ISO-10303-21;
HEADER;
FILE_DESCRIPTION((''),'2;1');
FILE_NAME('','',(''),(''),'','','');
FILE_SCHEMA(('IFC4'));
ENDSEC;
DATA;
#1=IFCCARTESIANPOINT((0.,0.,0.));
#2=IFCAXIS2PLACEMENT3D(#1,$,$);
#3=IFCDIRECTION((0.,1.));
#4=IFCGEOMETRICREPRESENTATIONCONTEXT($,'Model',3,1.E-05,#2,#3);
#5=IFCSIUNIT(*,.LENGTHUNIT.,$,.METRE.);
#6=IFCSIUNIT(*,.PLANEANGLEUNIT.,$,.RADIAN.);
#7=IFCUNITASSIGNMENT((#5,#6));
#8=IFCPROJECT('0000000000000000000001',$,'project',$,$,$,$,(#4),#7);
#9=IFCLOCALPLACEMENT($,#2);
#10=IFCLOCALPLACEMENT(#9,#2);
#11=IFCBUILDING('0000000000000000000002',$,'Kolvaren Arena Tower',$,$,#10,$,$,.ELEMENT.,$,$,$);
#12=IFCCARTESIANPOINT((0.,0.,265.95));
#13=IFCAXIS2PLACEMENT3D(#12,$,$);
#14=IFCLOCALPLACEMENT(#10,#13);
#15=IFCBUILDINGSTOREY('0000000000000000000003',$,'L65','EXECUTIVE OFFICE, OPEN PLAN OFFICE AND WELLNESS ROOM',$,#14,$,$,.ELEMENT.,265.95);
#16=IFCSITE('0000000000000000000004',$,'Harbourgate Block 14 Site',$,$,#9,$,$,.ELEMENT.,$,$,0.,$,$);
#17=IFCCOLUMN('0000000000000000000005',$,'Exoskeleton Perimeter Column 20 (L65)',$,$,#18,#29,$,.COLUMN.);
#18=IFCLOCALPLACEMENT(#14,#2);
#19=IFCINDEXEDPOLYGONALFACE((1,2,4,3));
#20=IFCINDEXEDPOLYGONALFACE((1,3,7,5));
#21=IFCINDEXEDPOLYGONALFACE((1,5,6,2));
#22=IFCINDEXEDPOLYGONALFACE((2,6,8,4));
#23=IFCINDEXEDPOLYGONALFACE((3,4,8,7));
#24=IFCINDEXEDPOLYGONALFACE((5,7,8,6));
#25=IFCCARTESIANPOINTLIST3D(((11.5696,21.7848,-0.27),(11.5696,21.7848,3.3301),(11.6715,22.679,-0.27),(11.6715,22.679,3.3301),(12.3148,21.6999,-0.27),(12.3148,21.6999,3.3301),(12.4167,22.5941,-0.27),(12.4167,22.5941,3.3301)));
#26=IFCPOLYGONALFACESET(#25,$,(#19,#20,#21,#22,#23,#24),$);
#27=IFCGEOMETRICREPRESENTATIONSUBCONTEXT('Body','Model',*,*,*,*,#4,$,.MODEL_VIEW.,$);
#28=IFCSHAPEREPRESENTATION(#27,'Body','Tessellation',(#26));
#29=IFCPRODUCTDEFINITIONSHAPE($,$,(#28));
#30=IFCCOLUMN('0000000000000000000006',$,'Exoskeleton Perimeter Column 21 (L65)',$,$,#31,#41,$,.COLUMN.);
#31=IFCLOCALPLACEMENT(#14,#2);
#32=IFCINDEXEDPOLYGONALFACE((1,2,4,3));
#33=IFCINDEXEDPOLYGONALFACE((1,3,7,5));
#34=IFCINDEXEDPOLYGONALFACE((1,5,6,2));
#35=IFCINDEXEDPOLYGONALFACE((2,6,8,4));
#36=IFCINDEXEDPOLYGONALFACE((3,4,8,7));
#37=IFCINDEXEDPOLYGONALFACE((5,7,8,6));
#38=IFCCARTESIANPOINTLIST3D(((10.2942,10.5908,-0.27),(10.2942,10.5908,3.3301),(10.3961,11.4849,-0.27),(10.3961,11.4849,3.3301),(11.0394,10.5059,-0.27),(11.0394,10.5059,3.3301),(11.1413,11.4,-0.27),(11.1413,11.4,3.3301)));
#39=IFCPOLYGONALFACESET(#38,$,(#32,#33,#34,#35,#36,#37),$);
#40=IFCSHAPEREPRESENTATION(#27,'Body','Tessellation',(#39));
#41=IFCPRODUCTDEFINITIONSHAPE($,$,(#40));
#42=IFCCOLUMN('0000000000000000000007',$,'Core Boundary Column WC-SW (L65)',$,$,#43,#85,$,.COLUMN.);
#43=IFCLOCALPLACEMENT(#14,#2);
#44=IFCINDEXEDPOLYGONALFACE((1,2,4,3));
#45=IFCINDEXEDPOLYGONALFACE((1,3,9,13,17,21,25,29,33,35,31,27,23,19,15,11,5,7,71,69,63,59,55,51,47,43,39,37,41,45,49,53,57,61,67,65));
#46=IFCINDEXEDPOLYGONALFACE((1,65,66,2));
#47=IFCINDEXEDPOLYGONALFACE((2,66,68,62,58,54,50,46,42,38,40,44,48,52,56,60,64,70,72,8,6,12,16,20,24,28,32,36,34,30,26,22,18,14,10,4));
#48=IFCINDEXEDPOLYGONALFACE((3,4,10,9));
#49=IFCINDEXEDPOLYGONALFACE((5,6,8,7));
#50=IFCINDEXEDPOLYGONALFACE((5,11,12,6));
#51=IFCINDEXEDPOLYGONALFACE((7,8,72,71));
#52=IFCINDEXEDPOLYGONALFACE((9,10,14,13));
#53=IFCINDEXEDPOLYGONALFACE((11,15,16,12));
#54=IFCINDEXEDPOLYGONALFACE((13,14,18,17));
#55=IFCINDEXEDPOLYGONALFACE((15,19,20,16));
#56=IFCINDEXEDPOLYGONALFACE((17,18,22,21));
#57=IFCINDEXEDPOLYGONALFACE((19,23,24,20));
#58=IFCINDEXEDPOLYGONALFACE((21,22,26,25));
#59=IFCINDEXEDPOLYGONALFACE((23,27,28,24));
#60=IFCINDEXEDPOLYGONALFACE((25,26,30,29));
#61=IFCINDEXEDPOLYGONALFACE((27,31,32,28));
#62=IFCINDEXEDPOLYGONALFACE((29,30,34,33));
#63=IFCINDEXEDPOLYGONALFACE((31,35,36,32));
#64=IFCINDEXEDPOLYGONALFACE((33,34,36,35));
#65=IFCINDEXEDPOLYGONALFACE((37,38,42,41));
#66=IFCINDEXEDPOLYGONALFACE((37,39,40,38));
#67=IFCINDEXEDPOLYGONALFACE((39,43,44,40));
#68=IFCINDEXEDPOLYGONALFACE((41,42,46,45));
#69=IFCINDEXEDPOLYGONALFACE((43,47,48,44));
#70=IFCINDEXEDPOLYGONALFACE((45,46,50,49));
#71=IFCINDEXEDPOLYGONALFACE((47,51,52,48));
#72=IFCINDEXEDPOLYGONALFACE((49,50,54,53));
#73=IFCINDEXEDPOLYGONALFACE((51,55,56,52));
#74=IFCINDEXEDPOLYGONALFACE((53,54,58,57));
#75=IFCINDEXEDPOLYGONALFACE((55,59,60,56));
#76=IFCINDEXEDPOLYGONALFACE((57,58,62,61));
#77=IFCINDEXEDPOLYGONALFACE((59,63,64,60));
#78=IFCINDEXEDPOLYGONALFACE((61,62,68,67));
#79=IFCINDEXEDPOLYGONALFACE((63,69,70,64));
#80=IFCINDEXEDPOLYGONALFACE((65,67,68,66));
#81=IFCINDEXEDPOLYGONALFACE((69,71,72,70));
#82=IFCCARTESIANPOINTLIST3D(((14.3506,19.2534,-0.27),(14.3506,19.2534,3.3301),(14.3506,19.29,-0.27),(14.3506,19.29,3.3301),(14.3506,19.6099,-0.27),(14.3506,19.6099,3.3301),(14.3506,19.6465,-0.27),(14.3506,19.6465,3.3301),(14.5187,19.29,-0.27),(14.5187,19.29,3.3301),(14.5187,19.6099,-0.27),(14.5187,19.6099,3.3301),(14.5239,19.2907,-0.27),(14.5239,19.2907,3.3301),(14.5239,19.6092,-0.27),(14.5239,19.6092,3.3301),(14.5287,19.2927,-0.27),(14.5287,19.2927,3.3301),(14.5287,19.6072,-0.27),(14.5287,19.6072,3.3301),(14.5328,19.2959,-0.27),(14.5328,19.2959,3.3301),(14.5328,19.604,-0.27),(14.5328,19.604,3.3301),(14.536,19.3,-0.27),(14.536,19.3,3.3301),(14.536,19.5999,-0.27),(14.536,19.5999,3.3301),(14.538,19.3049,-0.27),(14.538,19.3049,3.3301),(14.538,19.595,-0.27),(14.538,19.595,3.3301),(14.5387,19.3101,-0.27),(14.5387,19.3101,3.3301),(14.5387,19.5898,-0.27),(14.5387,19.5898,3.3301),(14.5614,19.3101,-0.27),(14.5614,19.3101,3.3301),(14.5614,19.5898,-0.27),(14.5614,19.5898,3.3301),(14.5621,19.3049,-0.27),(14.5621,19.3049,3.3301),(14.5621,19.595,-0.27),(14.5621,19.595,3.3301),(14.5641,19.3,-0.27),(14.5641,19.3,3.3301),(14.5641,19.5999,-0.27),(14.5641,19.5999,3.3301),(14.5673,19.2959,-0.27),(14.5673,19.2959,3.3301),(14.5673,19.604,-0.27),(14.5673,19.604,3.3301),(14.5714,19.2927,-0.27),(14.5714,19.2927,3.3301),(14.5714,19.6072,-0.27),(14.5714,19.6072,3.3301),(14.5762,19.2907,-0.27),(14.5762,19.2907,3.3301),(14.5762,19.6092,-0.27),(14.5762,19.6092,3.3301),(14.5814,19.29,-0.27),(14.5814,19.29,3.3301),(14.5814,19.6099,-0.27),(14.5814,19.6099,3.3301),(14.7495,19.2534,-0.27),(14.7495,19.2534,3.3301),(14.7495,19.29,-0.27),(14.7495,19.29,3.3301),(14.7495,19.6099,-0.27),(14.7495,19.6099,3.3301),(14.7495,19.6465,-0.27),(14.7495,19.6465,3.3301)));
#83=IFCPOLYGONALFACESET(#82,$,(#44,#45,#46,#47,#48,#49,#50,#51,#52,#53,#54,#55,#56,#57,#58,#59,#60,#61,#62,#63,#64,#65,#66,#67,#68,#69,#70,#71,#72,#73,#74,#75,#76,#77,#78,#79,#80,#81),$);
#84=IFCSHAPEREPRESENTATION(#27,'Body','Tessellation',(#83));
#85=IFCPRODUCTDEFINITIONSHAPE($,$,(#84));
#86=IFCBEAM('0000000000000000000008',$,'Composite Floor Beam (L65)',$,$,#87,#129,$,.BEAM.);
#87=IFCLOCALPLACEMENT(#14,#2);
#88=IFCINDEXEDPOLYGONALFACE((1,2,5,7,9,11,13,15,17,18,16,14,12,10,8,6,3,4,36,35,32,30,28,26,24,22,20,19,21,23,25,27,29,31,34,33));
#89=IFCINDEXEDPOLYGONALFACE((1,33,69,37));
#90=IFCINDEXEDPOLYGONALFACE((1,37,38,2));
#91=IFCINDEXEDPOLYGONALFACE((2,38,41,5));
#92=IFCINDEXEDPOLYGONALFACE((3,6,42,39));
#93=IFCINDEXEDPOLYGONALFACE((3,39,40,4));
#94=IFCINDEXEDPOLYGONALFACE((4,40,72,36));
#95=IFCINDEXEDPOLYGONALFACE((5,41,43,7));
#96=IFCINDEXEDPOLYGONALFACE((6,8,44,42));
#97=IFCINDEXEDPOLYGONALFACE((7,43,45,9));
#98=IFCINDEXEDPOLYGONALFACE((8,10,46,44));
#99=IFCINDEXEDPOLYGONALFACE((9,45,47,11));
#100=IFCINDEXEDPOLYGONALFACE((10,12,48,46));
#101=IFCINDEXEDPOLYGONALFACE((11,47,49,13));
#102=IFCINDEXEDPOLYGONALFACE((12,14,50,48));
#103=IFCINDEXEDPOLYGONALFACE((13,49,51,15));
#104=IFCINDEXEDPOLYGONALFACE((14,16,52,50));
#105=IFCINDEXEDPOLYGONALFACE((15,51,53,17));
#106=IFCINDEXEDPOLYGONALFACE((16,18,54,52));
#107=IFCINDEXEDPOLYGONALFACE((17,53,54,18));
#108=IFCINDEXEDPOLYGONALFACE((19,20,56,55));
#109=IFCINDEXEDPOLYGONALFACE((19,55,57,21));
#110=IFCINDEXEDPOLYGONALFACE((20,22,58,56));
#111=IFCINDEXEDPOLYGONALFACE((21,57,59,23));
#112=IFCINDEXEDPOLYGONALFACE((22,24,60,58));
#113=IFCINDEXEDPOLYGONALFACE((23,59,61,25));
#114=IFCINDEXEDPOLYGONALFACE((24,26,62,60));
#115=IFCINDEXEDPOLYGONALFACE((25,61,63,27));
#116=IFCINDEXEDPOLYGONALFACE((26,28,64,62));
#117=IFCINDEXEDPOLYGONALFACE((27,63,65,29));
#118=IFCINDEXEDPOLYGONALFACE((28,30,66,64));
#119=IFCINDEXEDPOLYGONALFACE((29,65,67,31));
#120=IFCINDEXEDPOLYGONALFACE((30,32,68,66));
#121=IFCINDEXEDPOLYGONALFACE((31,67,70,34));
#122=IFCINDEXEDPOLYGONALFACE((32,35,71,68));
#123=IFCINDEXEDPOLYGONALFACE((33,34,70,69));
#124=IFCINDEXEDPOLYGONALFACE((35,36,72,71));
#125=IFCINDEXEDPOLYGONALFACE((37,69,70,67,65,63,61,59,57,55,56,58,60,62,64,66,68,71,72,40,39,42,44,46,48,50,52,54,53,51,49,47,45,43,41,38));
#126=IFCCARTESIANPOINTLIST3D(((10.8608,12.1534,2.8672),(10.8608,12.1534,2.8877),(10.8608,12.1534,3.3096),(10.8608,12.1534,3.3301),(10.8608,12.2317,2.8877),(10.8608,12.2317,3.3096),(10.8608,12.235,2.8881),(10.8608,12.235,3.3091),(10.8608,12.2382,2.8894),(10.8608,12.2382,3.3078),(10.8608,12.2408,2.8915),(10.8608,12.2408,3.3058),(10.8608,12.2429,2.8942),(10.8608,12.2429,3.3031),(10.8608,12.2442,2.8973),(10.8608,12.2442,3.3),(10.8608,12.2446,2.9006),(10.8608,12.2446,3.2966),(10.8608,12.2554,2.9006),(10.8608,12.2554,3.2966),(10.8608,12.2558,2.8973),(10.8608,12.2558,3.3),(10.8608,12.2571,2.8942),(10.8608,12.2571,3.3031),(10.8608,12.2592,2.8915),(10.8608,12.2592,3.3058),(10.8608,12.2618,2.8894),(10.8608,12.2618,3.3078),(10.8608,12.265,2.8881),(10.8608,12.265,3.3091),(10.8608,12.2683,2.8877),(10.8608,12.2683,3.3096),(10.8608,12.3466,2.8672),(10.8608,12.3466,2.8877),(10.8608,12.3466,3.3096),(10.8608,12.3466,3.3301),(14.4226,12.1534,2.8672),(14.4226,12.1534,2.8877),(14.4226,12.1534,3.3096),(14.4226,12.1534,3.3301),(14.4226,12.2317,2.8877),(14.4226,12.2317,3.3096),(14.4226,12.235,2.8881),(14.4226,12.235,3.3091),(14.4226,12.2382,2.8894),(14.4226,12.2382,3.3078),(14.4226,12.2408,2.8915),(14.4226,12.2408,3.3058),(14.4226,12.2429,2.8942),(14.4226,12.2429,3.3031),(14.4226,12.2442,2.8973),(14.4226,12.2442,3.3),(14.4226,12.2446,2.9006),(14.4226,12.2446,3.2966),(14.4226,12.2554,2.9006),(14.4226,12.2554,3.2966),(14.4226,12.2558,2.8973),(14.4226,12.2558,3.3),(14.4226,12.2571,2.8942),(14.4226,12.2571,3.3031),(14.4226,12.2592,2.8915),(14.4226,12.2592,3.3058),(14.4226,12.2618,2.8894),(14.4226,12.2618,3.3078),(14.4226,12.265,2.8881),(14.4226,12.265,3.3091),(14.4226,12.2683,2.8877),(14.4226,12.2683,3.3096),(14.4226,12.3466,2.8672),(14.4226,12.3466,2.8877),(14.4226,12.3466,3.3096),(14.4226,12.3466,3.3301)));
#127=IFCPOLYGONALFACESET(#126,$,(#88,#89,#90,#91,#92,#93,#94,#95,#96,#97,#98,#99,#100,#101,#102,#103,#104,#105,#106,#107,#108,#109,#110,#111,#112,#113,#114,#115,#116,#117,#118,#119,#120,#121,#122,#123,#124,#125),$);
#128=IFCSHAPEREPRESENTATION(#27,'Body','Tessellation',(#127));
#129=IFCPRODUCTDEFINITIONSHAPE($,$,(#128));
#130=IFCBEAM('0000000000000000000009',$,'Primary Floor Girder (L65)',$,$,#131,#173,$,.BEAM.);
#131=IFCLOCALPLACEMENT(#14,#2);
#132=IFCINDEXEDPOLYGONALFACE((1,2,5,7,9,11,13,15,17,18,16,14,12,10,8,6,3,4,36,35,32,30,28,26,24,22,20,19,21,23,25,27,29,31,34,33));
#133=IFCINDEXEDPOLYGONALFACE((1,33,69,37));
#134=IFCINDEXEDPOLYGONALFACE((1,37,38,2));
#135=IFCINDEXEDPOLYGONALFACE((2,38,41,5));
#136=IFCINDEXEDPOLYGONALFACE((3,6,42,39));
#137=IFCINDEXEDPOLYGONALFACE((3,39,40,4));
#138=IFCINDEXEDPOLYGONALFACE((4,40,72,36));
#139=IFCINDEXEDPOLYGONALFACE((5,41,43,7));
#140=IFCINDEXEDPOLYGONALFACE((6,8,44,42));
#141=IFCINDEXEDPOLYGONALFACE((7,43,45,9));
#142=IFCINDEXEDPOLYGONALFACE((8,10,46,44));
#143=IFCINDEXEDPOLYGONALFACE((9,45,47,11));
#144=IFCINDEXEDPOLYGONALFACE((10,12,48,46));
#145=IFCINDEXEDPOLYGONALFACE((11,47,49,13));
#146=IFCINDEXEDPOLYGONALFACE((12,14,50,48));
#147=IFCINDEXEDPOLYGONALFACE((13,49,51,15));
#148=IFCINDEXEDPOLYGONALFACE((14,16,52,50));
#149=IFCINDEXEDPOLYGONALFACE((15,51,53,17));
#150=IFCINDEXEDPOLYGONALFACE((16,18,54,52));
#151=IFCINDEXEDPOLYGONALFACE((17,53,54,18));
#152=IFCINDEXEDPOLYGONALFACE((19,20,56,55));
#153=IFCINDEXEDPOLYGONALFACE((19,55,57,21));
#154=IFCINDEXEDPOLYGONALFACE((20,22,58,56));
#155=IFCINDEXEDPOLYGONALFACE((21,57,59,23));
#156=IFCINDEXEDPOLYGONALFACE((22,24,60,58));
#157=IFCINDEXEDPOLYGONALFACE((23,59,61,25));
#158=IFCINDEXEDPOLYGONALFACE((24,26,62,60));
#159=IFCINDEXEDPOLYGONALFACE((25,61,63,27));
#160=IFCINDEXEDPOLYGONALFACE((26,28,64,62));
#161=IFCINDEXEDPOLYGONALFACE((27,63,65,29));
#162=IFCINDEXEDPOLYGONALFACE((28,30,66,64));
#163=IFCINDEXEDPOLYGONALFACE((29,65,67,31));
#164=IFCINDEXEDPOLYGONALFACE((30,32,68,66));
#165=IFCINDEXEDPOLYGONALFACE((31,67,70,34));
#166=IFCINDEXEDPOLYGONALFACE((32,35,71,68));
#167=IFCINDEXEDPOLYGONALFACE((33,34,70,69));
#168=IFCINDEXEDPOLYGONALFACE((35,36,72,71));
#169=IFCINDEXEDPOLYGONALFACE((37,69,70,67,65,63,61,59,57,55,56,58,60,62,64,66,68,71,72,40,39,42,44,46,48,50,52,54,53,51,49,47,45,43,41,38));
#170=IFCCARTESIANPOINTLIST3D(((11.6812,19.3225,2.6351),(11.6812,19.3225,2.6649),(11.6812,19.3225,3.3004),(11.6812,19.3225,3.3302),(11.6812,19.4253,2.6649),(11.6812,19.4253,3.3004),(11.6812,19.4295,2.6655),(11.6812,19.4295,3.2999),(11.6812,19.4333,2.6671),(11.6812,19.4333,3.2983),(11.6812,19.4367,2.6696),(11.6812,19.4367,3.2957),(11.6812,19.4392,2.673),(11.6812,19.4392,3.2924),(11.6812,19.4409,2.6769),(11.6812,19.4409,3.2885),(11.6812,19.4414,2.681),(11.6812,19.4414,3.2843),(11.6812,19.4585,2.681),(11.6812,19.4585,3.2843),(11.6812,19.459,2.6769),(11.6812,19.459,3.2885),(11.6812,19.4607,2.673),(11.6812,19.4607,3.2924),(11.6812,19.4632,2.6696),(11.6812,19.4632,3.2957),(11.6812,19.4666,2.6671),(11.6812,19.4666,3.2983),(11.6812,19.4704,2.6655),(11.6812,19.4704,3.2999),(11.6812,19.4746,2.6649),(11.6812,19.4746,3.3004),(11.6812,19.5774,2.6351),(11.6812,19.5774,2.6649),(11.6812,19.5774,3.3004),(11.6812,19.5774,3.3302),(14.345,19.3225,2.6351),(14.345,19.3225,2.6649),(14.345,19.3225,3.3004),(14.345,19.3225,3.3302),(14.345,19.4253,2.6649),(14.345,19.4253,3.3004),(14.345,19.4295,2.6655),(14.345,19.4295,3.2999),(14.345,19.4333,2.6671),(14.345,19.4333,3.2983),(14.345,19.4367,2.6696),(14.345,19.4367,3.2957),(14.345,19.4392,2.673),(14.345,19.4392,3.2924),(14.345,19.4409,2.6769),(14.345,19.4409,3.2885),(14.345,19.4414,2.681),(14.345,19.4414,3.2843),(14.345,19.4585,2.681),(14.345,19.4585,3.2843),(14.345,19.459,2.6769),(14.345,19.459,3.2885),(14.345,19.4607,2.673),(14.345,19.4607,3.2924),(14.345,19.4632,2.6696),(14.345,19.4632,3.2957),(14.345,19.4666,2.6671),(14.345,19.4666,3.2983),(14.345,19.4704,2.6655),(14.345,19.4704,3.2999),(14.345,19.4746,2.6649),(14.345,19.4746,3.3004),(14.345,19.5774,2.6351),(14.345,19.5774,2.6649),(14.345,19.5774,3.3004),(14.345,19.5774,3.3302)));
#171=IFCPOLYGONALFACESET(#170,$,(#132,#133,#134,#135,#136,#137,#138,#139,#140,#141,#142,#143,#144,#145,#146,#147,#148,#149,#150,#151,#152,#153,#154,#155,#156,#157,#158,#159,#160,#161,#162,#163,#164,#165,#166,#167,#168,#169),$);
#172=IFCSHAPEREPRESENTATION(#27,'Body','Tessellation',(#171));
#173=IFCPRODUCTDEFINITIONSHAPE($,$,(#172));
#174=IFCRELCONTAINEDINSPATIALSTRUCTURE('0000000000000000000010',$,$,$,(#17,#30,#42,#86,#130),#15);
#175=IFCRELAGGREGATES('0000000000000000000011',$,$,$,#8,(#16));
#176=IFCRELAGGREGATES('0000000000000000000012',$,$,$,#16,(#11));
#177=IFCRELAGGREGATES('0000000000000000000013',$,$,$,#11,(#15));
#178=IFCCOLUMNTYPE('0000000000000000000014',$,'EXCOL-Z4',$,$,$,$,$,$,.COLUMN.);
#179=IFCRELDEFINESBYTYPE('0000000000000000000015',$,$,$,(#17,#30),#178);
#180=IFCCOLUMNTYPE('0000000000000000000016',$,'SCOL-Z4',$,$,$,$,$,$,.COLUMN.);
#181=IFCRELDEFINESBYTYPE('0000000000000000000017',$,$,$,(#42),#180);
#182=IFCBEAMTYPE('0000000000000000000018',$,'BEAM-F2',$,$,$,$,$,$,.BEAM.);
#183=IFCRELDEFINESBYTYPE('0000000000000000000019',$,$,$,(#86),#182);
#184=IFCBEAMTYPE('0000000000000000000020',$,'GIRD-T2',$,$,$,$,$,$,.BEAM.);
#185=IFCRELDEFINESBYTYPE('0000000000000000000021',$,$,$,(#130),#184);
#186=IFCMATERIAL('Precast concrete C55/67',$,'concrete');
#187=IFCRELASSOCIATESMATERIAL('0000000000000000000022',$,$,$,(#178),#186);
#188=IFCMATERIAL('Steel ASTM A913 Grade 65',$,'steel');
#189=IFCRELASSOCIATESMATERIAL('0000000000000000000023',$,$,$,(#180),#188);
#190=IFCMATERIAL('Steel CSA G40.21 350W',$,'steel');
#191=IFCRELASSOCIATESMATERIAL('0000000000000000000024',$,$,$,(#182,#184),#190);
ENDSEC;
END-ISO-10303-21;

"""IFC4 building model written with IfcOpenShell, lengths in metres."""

from ifc_helpers import new_model, si_unit, direction, frame, origin, origin_2d, place, context, subcontext, project, spatial, rectangle, i_section, extrude, material, material_profile, profile_set, type_object, element, save


model = new_model("IFC4")

# Units and contexts
model_context = context("Model", 3, precision=1e-05, world=origin(), true_north=direction((0.0, 1.0)))
body_context = subcontext(model_context, "Body", "Model", "MODEL_VIEW")
ifc_project = project(units=[si_unit("LENGTHUNIT", "METRE"), si_unit("PLANEANGLEUNIT", "RADIAN")], contexts=[model_context])

# Site, building, storey
site_placement = place(None, origin())
site = spatial("IfcSite", under=ifc_project, at=site_placement, Name="Harbourgate Block 14 Site", CompositionType="ELEMENT", RefElevation=0.0)
building_placement = place(site_placement, origin())
building = spatial("IfcBuilding", under=site, at=building_placement, Name="Kolvaren Arena Tower", CompositionType="ELEMENT")
storey_placement = place(building_placement, frame((0.0, 0.0, 265.95)))
storey = spatial("IfcBuildingStorey", under=building, at=storey_placement, Name="L65", Description="EXECUTIVE OFFICE, OPEN PLAN OFFICE AND WELLNESS ROOM", CompositionType="ELEMENT", Elevation=265.95)

# Columns
ifc_material_1 = material(Name="Precast concrete C55/67", Category="concrete")
ifc_material_profile_1 = material_profile(ifc_material_1, rectangle(XDim=0.8999, YDim=0.75, at=origin_2d()), Name="RC-900x750")
ifc_profile_set_1 = profile_set([ifc_material_profile_1], Name="Precast concrete C55/67")
column_type_1 = type_object("IfcColumnType", Name="EXCOL-Z4", PredefinedType="COLUMN", material=ifc_profile_set_1)
for number, where, z_axis, x_axis, name in (
    (1, (11.9932, 22.1895, -0.27), (0.0, 0.0, 1.0), (0.113203, 0.993572, 0.0), "Exoskeleton Perimeter Column 20 (L65)"),
    (2, (10.7178, 10.9954, -0.27), (0.0, 0.0, 1.0), (0.113203, 0.993572, 0.0), "Exoskeleton Perimeter Column 21 (L65)"),
):
    element("IfcColumn", number, at=place(storey_placement, frame(where, z_axis=z_axis, x_axis=x_axis)), inside=storey, type_object=column_type_1, Name=name, PredefinedType="COLUMN", context=body_context, shape_type="SweptSolid", body=[
        extrude(rectangle(XDim=0.8999, YDim=0.75, at=origin_2d()), origin(), (0.0, 0.0, 1.0), 3.6001),
    ])
ifc_material_2 = material(Name="Steel ASTM A913 Grade 65", Category="steel")
ifc_material_profile_2 = material_profile(ifc_material_2, i_section(OverallWidth=0.3989, OverallDepth=0.3931, WebThickness=0.0227, FlangeThickness=0.0366, FilletRadius=0.02, at=origin_2d()), Name="W360x287")
ifc_profile_set_2 = profile_set([ifc_material_profile_2], Name="Steel ASTM A913 Grade 65")
column_type_2 = type_object("IfcColumnType", Name="SCOL-Z4", PredefinedType="COLUMN", material=ifc_profile_set_2)
column_placement = place(storey_placement, frame((14.55, 19.45, -0.27), z_axis=(0.0, 0.0, 1.0), x_axis=(1.0, 0.0, 0.0)))
element("IfcColumn", 3, at=column_placement, inside=storey, type_object=column_type_2, Name="Core Boundary Column WC-SW (L65)", PredefinedType="COLUMN", context=body_context, shape_type="SweptSolid", body=[
    extrude(i_section(OverallWidth=0.3989, OverallDepth=0.3931, WebThickness=0.0227, FlangeThickness=0.0366, FilletRadius=0.02, at=origin_2d()), origin(), (0.0, 0.0, 1.0), 3.6001),
])

# Beams
ifc_material_3 = material(Name="Steel CSA G40.21 350W", Category="steel")
ifc_material_profile_3 = material_profile(ifc_material_3, i_section(OverallWidth=0.1931, OverallDepth=0.4629, WebThickness=0.0107, FlangeThickness=0.0205, FilletRadius=0.0129, at=origin_2d()), Name="W460x113")
ifc_profile_set_3 = profile_set([ifc_material_profile_3], Name="Steel CSA G40.21 350W")
beam_type_1 = type_object("IfcBeamType", Name="BEAM-F2", PredefinedType="BEAM", material=ifc_profile_set_3)
beam_1_placement = place(storey_placement, frame((10.8608, 12.25, 3.0986), z_axis=(1.0, 0.0, 0.0), x_axis=(0.0, 1.0, 0.0)))
element("IfcBeam", 4, at=beam_1_placement, inside=storey, type_object=beam_type_1, Name="Composite Floor Beam (L65)", PredefinedType="BEAM", context=body_context, shape_type="SweptSolid", body=[
    extrude(i_section(OverallWidth=0.1931, OverallDepth=0.4629, WebThickness=0.0107, FlangeThickness=0.0205, FilletRadius=0.0129, at=origin_2d()), origin(), (0.0, 0.0, 1.0), 3.5618),
])
ifc_material_profile_4 = material_profile(ifc_material_3, i_section(OverallWidth=0.2549, OverallDepth=0.6951, WebThickness=0.0171, FlangeThickness=0.0298, FilletRadius=0.0161, at=origin_2d()), Name="W690x217")
ifc_profile_set_4 = profile_set([ifc_material_profile_4], Name="Steel CSA G40.21 350W")
beam_type_2 = type_object("IfcBeamType", Name="GIRD-T2", PredefinedType="BEAM", material=ifc_profile_set_4)
beam_2_placement = place(storey_placement, frame((11.6812, 19.45, 2.9827), z_axis=(1.0, 0.0, 0.0), x_axis=(0.0, 1.0, 0.0)))
element("IfcBeam", 5, at=beam_2_placement, inside=storey, type_object=beam_type_2, Name="Primary Floor Girder (L65)", PredefinedType="BEAM", context=body_context, shape_type="SweptSolid", body=[
    extrude(i_section(OverallWidth=0.2549, OverallDepth=0.6951, WebThickness=0.0171, FlangeThickness=0.0298, FilletRadius=0.0161, at=origin_2d()), origin(), (0.0, 0.0, 1.0), 2.6638),
])

save(model, "model.ifc")
